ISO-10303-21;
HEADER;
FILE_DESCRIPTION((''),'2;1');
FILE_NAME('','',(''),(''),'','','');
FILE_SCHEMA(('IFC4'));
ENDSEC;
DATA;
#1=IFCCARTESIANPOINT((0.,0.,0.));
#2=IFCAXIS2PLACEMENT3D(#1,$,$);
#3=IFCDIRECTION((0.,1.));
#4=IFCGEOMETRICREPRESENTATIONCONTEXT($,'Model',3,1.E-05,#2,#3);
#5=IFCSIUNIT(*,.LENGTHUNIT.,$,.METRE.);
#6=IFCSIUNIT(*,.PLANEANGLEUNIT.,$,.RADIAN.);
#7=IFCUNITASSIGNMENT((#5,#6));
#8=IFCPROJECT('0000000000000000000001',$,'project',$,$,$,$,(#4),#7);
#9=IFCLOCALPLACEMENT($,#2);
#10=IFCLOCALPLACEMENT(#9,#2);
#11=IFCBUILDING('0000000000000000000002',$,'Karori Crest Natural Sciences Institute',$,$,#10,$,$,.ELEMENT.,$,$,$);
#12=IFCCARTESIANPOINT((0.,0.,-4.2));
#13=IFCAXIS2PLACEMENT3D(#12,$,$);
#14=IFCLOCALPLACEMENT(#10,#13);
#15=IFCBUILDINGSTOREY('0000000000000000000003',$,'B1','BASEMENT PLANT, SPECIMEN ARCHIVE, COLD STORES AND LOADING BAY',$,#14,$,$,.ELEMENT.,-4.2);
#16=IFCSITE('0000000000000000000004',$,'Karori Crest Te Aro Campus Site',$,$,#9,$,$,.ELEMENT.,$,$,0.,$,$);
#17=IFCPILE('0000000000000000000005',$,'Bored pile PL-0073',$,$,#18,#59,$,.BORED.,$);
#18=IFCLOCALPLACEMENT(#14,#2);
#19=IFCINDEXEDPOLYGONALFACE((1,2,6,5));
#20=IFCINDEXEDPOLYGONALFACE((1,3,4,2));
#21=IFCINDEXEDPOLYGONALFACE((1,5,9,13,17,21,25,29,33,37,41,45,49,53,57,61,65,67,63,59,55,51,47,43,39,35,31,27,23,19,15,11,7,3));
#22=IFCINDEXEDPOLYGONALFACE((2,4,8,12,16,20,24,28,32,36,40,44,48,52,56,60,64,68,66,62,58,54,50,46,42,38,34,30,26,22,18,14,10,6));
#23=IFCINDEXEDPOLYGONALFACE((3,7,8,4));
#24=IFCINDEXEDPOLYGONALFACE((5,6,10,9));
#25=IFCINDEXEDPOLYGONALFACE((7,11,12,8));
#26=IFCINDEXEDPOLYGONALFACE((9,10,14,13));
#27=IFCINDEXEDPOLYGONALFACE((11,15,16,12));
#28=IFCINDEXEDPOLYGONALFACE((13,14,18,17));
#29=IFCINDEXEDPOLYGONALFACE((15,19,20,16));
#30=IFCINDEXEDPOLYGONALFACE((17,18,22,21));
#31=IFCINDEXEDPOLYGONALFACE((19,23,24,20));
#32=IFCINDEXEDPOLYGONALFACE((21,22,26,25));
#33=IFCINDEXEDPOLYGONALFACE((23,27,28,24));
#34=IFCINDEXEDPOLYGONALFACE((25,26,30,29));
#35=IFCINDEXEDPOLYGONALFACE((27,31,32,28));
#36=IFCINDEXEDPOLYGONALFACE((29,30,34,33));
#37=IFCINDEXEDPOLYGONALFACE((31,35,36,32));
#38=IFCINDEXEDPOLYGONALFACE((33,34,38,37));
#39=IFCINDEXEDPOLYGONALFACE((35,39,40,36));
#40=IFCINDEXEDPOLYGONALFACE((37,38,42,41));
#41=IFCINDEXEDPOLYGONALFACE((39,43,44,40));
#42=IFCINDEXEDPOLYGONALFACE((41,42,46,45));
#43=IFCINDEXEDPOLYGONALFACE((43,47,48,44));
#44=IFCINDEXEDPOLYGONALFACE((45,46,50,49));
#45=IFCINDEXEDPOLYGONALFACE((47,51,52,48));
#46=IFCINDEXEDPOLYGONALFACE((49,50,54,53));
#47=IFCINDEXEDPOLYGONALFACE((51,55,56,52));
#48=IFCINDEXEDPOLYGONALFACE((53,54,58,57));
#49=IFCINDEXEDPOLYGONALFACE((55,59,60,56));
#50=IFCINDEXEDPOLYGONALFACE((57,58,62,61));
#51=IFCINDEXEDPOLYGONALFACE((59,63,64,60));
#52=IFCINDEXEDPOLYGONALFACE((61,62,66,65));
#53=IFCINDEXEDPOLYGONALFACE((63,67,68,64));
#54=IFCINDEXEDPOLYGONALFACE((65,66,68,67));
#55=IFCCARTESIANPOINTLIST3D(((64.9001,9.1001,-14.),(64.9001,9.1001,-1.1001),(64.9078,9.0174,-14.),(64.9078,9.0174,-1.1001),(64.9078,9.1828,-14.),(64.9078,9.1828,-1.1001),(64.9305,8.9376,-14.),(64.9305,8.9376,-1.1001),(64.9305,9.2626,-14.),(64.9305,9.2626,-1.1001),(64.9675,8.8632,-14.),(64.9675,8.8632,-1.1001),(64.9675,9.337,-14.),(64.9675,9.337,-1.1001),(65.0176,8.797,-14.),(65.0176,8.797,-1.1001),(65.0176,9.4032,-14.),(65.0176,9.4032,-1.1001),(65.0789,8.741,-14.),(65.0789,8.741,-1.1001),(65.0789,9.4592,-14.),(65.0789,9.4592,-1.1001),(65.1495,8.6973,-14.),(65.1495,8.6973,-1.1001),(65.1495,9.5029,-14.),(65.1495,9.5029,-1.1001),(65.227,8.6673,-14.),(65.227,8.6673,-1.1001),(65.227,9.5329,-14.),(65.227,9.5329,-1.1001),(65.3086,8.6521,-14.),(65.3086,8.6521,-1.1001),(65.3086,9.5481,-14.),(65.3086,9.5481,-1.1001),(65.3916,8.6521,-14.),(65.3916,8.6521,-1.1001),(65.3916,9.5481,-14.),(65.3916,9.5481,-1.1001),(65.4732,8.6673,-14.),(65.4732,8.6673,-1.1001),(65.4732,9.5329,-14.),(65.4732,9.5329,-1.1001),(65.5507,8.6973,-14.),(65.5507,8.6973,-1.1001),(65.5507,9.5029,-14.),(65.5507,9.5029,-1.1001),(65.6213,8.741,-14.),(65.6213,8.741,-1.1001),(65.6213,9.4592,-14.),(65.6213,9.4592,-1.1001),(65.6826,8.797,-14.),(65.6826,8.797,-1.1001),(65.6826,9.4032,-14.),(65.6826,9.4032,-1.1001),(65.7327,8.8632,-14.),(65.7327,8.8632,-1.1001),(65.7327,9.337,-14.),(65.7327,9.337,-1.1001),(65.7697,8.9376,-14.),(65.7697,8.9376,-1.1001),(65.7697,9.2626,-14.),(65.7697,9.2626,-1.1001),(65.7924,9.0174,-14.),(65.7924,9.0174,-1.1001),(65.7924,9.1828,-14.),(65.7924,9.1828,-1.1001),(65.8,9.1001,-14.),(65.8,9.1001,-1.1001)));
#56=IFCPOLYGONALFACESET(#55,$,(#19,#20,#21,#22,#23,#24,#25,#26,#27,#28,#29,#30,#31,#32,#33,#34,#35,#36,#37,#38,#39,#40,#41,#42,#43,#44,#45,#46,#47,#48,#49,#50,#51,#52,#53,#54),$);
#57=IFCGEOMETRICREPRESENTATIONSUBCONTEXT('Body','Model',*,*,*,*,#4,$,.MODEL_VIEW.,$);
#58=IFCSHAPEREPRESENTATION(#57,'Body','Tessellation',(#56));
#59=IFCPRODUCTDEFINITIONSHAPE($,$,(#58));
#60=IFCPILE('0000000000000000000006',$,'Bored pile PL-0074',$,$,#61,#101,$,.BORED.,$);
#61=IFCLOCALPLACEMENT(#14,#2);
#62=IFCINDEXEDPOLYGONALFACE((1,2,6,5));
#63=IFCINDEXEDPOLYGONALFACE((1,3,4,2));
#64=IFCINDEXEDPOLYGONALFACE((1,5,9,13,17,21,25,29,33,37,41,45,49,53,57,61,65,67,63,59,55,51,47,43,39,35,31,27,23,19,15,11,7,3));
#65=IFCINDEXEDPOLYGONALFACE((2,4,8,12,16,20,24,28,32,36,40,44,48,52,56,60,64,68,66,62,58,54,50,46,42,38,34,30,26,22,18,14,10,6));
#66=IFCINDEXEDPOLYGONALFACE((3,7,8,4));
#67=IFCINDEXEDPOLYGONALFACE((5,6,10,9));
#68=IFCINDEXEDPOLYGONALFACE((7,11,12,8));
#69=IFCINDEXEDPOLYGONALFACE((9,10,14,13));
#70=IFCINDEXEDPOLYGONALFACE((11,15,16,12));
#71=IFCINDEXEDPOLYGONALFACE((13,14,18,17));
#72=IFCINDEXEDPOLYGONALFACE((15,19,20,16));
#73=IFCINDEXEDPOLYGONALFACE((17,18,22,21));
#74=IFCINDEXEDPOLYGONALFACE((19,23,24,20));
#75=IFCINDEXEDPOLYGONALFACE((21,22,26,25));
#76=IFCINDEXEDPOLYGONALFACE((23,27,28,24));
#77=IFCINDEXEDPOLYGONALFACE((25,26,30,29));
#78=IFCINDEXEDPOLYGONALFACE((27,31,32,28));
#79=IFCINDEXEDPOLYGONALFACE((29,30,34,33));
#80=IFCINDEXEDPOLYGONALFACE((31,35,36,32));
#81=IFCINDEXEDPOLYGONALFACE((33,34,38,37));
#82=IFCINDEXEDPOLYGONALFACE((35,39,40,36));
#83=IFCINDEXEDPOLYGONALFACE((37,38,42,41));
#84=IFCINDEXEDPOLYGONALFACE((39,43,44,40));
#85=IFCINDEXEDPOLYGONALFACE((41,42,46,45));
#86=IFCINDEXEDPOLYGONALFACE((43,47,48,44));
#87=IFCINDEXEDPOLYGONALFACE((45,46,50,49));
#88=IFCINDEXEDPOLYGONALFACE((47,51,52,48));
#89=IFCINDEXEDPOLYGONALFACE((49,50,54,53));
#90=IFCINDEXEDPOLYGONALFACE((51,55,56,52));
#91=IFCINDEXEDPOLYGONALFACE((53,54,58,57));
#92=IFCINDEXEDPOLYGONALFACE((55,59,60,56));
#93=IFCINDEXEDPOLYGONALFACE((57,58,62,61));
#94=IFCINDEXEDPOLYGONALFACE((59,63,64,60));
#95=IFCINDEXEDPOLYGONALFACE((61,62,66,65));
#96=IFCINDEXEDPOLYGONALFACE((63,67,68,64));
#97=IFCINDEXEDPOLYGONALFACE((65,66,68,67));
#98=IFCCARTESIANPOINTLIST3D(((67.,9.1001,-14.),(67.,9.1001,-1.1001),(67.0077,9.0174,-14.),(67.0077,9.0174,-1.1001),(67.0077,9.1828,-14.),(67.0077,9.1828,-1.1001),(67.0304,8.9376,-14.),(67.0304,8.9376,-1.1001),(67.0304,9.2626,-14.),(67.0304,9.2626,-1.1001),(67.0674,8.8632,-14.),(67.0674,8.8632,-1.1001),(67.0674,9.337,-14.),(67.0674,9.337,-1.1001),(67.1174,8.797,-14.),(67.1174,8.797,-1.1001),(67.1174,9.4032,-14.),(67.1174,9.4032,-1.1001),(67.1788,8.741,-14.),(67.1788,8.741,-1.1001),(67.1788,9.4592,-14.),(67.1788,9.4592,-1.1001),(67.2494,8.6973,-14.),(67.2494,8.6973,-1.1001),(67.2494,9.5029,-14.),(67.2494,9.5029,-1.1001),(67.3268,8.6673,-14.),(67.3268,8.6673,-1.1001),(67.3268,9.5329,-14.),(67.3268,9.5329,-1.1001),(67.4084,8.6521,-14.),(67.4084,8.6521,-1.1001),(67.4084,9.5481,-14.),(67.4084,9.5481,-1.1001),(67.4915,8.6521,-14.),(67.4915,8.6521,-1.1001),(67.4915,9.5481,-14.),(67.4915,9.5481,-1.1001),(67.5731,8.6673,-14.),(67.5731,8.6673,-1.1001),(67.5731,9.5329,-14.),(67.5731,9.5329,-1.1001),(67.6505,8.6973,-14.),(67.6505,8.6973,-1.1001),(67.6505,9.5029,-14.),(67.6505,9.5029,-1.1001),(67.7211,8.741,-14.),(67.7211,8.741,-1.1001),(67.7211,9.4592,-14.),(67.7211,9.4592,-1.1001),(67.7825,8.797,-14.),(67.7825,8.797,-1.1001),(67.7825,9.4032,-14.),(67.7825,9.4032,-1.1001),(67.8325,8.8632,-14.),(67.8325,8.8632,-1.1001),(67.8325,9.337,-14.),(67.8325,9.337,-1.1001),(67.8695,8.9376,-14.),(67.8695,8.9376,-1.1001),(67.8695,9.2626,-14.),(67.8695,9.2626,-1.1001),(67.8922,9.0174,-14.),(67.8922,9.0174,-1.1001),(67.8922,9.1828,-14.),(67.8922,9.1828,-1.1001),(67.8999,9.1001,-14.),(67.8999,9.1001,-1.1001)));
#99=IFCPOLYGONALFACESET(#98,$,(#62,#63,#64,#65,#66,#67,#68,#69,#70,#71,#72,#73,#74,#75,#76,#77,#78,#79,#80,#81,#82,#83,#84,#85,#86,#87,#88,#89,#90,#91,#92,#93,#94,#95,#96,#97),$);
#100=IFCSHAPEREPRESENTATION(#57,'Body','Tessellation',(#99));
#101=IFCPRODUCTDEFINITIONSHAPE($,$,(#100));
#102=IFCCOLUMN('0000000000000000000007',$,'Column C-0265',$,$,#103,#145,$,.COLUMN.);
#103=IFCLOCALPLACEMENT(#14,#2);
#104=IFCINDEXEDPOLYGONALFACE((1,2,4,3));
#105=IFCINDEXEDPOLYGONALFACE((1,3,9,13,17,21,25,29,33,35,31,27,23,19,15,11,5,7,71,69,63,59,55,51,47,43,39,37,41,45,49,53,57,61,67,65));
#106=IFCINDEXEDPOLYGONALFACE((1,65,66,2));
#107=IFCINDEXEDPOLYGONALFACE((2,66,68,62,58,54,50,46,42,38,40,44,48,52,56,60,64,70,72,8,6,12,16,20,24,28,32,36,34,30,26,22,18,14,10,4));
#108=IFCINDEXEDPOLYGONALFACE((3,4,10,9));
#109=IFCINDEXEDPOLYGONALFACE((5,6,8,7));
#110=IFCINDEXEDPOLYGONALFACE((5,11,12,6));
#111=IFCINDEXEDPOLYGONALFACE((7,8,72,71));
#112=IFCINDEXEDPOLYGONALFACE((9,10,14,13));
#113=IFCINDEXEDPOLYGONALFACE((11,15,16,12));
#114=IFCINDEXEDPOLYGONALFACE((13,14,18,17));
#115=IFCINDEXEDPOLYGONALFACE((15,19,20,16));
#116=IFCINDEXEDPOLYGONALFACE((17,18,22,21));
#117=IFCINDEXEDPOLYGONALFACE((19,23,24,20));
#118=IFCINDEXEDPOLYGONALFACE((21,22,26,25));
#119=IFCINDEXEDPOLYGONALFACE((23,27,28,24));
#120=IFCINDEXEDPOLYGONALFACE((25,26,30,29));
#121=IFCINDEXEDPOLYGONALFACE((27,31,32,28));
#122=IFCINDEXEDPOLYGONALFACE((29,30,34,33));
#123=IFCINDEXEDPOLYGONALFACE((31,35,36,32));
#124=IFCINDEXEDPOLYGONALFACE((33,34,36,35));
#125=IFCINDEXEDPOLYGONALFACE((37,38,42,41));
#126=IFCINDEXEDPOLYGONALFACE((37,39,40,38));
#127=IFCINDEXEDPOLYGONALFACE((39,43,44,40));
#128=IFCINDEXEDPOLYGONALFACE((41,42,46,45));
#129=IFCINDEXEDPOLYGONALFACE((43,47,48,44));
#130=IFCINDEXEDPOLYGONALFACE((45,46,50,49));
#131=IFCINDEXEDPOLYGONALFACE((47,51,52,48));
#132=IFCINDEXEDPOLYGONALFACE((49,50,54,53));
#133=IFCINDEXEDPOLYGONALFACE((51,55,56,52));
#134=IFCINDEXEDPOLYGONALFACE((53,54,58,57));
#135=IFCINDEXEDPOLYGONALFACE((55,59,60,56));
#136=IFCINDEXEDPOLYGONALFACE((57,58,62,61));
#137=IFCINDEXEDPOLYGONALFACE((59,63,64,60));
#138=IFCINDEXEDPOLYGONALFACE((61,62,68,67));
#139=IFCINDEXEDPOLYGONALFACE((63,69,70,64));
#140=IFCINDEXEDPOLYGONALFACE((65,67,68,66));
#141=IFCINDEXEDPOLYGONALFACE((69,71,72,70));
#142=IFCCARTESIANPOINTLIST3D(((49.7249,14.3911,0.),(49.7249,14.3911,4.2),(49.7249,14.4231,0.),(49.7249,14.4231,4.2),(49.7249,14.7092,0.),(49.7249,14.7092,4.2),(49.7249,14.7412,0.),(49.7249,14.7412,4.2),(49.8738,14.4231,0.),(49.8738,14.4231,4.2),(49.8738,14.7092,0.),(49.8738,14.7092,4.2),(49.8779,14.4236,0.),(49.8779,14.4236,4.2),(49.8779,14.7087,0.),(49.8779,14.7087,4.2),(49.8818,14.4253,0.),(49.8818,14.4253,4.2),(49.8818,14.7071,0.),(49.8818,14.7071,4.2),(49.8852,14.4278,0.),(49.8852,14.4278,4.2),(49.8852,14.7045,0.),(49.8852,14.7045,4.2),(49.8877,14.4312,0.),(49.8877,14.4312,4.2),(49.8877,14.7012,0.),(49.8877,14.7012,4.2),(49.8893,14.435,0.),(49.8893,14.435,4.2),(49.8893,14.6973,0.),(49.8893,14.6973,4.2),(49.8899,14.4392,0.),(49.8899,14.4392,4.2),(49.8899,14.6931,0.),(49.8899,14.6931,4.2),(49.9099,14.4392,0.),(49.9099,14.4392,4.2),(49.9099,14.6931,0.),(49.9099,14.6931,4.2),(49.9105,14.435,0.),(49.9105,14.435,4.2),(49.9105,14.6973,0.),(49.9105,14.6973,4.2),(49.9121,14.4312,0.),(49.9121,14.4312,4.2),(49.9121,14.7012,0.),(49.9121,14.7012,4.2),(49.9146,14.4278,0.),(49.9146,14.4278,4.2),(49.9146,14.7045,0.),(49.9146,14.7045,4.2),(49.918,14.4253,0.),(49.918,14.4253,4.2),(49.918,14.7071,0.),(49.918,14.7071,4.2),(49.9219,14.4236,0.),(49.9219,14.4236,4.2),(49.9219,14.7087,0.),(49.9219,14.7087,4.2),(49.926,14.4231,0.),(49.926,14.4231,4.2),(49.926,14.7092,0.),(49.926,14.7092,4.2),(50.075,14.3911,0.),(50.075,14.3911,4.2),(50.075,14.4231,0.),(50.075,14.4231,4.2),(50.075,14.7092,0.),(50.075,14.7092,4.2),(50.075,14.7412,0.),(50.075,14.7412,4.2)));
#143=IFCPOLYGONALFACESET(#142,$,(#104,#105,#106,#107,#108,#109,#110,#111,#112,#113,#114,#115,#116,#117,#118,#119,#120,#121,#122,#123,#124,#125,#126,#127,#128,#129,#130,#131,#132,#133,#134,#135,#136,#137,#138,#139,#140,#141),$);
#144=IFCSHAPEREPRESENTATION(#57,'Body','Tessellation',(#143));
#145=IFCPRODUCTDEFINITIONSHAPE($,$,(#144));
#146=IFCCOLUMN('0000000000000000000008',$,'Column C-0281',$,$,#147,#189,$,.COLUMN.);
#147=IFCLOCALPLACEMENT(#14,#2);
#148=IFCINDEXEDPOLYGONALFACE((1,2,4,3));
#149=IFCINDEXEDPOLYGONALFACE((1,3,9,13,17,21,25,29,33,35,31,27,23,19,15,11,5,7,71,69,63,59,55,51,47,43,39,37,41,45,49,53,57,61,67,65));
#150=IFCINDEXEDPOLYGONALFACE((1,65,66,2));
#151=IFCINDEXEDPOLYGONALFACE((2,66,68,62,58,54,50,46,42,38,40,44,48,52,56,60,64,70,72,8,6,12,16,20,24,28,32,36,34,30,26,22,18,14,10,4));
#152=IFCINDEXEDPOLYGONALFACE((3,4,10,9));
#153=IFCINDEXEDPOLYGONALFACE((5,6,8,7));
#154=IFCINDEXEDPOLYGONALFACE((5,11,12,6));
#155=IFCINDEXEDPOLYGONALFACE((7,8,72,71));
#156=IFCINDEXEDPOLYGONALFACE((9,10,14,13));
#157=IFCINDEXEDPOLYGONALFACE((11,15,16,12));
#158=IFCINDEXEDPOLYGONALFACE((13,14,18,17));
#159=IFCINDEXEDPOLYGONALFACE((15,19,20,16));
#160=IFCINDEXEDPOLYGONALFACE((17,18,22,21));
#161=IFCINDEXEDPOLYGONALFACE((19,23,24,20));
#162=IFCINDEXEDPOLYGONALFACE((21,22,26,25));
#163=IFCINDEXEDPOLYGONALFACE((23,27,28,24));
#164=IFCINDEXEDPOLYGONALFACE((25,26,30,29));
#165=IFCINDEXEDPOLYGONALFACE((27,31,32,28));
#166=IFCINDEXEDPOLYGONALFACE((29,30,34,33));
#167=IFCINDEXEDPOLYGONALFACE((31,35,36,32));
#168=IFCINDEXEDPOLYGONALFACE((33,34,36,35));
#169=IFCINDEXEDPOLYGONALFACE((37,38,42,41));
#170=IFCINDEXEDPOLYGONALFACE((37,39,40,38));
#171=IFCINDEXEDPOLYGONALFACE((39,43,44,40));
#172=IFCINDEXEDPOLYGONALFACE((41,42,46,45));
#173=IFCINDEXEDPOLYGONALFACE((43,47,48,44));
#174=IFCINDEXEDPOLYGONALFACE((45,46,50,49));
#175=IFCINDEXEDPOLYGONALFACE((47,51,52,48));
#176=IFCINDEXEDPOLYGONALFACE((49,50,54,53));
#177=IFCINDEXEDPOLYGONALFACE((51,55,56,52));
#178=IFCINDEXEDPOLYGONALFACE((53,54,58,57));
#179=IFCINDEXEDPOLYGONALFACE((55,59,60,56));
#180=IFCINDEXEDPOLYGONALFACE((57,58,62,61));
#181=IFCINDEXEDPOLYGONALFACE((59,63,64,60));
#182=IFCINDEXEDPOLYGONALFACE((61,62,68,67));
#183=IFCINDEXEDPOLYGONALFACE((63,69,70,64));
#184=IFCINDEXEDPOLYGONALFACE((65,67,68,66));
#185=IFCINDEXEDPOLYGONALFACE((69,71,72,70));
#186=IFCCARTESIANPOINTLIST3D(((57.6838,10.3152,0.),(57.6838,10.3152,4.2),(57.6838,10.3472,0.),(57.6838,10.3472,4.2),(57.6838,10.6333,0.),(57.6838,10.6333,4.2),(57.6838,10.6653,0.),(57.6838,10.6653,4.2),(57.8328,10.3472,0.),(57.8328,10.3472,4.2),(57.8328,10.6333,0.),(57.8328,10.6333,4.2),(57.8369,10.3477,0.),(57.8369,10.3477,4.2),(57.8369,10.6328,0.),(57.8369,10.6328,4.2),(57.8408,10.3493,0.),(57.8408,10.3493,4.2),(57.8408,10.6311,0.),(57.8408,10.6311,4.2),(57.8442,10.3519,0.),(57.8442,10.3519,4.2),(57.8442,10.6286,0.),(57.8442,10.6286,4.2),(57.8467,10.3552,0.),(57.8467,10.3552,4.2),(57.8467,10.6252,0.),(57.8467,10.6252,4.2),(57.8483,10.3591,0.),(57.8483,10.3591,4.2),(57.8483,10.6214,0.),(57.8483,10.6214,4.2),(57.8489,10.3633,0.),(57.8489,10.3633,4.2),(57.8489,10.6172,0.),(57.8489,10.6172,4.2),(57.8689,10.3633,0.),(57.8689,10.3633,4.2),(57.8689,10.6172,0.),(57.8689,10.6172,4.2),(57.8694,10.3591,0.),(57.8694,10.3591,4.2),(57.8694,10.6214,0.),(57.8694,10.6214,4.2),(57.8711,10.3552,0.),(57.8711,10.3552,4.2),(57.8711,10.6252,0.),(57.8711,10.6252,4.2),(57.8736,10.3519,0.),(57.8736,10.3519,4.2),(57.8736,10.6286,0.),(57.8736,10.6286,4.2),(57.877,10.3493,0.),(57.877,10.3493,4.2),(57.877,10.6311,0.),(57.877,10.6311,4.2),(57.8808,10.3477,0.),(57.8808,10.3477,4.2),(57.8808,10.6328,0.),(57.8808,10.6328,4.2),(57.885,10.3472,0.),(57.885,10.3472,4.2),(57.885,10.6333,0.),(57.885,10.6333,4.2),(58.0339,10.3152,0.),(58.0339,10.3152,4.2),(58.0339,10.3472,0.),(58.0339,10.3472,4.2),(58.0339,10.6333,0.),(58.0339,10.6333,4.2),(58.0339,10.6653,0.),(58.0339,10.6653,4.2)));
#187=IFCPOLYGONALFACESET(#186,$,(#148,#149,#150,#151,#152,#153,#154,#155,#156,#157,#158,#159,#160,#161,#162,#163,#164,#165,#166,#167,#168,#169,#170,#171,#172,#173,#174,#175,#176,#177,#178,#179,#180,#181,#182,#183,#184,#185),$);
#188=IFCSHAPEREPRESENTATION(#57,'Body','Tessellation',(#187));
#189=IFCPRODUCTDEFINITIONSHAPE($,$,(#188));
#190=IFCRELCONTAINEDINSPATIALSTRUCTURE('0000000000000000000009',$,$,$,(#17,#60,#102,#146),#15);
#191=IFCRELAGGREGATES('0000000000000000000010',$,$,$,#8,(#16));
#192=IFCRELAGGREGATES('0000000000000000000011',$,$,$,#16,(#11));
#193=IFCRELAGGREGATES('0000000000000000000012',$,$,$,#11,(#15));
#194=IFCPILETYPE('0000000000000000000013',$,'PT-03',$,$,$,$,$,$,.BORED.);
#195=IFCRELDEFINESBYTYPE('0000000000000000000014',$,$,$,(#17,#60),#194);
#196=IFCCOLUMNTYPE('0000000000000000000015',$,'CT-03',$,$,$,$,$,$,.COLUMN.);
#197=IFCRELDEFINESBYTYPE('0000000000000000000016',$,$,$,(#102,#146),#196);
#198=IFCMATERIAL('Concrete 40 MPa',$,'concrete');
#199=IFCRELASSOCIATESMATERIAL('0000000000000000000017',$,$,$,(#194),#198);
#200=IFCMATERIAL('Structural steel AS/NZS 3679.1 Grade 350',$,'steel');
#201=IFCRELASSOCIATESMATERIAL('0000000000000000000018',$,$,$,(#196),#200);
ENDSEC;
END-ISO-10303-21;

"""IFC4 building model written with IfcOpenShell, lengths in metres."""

from ifc_helpers import new_model, si_unit, direction, frame, origin, origin_2d, place, context, subcontext, project, spatial, circle, i_section, extrude, material, material_profile, profile_set, type_object, element, save


model = new_model("IFC4")

# Units and contexts
model_context = context("Model", 3, precision=1e-05, world=origin(), true_north=direction((0.0, 1.0)))
body_context = subcontext(model_context, "Body", "Model", "MODEL_VIEW")
ifc_project = project(units=[si_unit("LENGTHUNIT", "METRE"), si_unit("PLANEANGLEUNIT", "RADIAN")], contexts=[model_context])

# Site, building, storey
site_placement = place(None, origin())
site = spatial("IfcSite", under=ifc_project, at=site_placement, Name="Karori Crest Te Aro Campus Site", CompositionType="ELEMENT", RefElevation=0.0)
building_placement = place(site_placement, origin())
building = spatial("IfcBuilding", under=site, at=building_placement, Name="Karori Crest Natural Sciences Institute", CompositionType="ELEMENT")
storey_placement = place(building_placement, frame((0.0, 0.0, -4.2)))
storey = spatial("IfcBuildingStorey", under=building, at=storey_placement, Name="B1", Description="BASEMENT PLANT, SPECIMEN ARCHIVE, COLD STORES AND LOADING BAY", CompositionType="ELEMENT", Elevation=-4.2)

# Shared definitions
ifc_material_1 = material(Name="Concrete 40 MPa", Category="concrete")

# Piles
ifc_material_profile_1 = material_profile(ifc_material_1, circle(Radius=0.45, at=origin_2d()), Name="PILE900")
ifc_profile_set_1 = profile_set([ifc_material_profile_1], Name="Concrete 40 MPa")
pile_type_1 = type_object("IfcPileType", Name="PT-03", PredefinedType="BORED", material=ifc_profile_set_1)
for number, where, z_axis, x_axis, name in (
    (1, (65.3501, 9.1001, -1.1001), (0.0, 0.0, -1.0), (1.0, 0.0, 0.0), "Bored pile PL-0073"),
    (2, (67.45, 9.1001, -1.1001), (0.0, 0.0, -1.0), (1.0, 0.0, 0.0), "Bored pile PL-0074"),
):
    element("IfcPile", number, at=place(storey_placement, frame(where, z_axis=z_axis, x_axis=x_axis)), inside=storey, type_object=pile_type_1, Name=name, PredefinedType="BORED", context=body_context, shape_type="SweptSolid", body=[
        extrude(circle(Radius=0.45, at=origin_2d()), origin(), (0.0, 0.0, 1.0), 12.8999),
    ])

# Columns
ifc_material_2 = material(Name="Structural steel AS/NZS 3679.1 Grade 350", Category="steel")
ifc_material_profile_2 = material_profile(ifc_material_2, i_section(OverallWidth=0.3501, OverallDepth=0.3501, WebThickness=0.02, FlangeThickness=0.032, FilletRadius=0.0161, at=origin_2d()), Name="350WC280")
ifc_profile_set_2 = profile_set([ifc_material_profile_2], Name="Structural steel AS/NZS 3679.1 Grade 350")
column_type_1 = type_object("IfcColumnType", Name="CT-03", PredefinedType="COLUMN", material=ifc_profile_set_2)
for number, where, z_axis, x_axis, name in (
    (3, (49.8999, 14.5662, 0.0), (0.0, 0.0, 1.0), (1.0, 0.0, 0.0), "Column C-0265"),
    (4, (57.8589, 10.4902, 0.0), (0.0, 0.0, 1.0), (1.0, 0.0, 0.0), "Column C-0281"),
):
    element("IfcColumn", number, at=place(storey_placement, frame(where, z_axis=z_axis, x_axis=x_axis)), inside=storey, type_object=column_type_1, Name=name, PredefinedType="COLUMN", context=body_context, shape_type="SweptSolid", body=[
        extrude(i_section(OverallWidth=0.3501, OverallDepth=0.3501, WebThickness=0.02, FlangeThickness=0.032, FilletRadius=0.0161, at=origin_2d()), origin(), (0.0, 0.0, 1.0), 4.2),
    ])

save(model, "model.ifc")
